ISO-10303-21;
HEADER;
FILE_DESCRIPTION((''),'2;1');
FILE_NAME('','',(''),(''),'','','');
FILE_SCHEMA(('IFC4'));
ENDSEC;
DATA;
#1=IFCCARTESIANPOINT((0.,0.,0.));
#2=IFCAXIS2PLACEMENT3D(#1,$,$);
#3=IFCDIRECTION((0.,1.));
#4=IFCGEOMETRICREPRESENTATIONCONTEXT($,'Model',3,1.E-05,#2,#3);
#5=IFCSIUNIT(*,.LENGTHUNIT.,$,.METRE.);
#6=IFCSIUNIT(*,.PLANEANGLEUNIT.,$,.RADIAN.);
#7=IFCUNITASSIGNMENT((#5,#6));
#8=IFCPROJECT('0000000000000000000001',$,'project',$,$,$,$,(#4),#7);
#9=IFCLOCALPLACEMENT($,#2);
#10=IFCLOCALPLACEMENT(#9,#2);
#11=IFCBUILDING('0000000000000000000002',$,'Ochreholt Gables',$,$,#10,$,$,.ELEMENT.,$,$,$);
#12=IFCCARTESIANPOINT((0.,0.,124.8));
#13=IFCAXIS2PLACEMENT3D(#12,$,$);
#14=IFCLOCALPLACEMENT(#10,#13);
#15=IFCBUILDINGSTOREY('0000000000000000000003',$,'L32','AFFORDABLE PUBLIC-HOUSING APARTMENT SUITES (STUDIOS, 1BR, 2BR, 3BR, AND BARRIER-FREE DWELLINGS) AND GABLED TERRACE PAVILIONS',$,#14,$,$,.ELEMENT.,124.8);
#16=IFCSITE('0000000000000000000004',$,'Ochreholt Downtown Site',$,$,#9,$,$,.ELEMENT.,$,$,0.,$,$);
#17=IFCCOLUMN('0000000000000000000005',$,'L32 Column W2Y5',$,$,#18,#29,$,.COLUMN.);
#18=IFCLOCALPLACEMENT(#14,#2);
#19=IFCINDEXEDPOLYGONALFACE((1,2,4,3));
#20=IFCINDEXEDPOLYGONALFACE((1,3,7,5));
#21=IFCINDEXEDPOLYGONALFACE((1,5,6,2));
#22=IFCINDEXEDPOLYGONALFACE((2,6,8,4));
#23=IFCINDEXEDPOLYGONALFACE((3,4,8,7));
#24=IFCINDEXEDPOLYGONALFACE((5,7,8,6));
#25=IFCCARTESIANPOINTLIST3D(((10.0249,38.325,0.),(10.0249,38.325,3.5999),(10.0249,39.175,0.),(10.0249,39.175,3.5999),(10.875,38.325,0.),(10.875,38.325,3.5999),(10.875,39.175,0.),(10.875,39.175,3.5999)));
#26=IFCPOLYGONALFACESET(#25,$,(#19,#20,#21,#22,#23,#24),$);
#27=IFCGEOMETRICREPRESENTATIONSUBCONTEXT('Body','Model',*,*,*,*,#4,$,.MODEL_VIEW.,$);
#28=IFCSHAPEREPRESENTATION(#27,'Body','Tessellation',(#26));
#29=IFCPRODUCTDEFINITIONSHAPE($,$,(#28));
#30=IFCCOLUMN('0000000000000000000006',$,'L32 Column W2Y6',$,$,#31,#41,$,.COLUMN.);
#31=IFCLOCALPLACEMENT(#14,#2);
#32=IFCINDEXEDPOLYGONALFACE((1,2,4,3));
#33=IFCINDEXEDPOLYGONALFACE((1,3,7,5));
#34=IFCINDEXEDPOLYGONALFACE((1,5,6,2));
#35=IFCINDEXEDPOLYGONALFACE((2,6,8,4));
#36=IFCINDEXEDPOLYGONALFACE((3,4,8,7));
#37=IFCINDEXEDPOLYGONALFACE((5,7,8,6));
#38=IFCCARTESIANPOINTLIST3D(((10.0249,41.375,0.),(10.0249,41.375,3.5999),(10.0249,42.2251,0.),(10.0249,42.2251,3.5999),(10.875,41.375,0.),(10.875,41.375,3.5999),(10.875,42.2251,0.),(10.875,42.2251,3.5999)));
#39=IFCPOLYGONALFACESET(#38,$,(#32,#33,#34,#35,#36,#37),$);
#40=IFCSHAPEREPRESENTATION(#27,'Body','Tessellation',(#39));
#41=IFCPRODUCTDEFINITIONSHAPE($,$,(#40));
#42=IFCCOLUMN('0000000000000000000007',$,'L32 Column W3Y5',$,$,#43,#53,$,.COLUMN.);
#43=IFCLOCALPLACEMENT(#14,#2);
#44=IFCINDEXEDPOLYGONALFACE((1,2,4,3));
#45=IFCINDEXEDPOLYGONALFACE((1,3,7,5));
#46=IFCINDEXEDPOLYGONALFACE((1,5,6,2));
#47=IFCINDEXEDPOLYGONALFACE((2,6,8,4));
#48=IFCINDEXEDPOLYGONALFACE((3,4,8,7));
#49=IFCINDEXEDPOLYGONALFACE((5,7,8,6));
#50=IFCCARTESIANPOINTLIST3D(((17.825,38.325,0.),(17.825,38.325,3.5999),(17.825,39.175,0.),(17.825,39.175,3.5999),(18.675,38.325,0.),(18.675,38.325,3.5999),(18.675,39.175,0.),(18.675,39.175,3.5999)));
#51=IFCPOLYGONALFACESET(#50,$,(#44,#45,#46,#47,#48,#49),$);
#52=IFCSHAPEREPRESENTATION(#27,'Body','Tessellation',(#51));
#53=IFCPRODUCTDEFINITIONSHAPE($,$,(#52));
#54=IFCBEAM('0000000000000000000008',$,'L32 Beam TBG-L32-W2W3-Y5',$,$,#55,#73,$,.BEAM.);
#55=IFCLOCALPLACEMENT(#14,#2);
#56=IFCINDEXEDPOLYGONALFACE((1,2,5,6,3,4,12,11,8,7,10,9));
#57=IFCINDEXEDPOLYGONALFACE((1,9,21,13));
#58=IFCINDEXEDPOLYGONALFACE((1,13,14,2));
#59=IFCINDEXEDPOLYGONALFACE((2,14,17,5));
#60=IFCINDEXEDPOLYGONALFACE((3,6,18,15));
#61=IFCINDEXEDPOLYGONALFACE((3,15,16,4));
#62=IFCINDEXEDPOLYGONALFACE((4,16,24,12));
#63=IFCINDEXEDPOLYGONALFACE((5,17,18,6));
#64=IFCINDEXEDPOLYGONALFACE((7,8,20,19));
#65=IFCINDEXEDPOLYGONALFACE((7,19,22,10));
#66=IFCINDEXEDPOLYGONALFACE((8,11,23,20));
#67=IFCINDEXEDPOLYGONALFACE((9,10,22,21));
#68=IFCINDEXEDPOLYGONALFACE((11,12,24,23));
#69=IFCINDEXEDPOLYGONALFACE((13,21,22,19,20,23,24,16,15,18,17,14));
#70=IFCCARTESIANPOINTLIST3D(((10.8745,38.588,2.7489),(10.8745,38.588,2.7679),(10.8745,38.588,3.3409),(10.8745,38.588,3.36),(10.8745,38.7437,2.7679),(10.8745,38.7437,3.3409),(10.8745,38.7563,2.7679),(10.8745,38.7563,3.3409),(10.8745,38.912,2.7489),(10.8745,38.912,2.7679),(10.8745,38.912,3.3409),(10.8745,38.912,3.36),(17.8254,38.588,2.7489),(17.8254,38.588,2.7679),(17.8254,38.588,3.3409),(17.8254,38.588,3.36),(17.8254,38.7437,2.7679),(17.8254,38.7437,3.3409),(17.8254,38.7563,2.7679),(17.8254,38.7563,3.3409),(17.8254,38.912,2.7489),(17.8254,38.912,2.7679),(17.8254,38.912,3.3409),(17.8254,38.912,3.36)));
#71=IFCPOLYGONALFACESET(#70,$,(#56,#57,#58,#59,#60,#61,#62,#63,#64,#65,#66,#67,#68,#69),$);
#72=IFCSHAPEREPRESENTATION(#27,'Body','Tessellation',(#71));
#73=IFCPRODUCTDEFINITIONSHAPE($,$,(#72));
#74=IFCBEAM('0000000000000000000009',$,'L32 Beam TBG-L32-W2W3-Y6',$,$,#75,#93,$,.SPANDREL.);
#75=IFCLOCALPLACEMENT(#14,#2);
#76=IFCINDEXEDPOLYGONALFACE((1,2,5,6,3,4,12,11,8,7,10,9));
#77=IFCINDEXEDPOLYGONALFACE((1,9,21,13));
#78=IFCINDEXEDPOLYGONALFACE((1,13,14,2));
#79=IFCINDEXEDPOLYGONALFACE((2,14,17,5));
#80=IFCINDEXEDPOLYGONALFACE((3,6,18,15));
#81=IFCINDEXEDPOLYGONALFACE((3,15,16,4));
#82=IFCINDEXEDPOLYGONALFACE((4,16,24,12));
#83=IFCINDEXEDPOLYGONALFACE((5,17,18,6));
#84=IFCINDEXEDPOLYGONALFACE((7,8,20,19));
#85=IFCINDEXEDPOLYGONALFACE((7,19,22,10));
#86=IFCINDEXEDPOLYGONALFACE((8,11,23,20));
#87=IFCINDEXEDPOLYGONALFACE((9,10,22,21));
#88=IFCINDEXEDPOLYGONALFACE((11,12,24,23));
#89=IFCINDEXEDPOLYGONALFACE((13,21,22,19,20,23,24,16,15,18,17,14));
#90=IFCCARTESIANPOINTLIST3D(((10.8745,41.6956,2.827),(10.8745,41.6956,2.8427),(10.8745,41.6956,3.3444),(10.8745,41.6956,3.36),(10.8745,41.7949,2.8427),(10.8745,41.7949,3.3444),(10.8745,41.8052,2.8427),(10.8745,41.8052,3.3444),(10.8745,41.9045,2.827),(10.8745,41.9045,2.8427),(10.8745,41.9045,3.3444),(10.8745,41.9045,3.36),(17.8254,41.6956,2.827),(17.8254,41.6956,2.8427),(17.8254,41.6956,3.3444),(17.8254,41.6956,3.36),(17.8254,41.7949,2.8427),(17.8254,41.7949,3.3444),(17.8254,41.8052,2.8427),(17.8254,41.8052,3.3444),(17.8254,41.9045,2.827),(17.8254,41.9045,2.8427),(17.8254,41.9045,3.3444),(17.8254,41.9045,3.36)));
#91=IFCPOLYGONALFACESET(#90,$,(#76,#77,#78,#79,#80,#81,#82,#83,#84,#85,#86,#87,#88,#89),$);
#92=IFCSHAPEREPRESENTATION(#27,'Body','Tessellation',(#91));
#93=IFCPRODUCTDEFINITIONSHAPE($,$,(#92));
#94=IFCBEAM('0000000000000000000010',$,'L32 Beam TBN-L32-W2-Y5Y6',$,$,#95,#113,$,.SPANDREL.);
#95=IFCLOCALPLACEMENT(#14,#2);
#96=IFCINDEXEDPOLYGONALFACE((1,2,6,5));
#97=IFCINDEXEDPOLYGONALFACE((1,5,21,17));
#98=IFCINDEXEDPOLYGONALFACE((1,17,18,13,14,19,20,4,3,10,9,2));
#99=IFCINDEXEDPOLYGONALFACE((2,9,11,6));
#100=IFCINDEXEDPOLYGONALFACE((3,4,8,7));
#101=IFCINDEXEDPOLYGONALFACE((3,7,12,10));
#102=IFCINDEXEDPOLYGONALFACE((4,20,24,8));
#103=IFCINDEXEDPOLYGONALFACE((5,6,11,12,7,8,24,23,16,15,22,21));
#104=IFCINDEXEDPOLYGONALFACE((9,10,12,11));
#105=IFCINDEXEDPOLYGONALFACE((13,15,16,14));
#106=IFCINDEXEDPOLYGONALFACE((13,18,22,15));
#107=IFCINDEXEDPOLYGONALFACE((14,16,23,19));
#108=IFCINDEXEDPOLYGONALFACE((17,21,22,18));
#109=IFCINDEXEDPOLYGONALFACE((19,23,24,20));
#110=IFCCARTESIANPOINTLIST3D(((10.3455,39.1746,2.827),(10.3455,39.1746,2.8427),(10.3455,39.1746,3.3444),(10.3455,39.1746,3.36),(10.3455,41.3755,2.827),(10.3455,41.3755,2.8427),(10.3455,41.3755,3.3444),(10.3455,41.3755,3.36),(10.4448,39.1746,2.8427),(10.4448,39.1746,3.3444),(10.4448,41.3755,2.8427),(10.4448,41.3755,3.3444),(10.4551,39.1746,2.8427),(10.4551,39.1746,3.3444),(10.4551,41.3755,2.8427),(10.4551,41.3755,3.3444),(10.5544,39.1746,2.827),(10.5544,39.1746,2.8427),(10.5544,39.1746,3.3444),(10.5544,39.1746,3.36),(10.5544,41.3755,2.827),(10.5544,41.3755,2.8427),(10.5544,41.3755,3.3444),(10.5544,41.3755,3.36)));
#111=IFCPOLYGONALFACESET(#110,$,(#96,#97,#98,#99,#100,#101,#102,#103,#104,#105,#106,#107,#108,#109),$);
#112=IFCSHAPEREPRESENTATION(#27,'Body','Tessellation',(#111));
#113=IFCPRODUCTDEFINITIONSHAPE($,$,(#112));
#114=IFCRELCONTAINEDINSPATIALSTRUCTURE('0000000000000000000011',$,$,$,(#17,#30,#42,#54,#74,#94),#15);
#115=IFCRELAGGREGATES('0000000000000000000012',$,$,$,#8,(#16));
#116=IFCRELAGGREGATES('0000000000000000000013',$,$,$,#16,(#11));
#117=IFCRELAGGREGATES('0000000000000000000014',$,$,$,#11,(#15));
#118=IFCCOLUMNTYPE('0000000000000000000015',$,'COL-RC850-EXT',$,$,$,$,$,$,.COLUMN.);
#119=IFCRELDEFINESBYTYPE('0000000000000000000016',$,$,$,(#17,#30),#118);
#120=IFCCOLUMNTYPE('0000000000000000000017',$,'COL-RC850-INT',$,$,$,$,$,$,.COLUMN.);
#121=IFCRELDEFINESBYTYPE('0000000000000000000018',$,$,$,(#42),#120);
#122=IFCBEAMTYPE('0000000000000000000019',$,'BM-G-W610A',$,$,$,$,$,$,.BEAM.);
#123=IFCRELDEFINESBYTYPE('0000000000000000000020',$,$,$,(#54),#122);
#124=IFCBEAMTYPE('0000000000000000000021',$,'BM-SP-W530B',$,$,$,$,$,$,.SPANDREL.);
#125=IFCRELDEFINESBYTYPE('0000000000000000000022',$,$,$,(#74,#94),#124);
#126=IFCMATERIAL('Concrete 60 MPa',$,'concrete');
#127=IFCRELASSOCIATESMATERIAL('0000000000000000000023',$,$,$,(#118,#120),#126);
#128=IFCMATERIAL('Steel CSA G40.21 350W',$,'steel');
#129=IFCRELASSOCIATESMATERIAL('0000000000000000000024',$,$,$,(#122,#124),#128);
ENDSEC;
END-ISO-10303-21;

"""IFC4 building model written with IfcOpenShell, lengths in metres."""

from ifc_helpers import new_model, si_unit, direction, frame, origin, origin_2d, place, context, subcontext, project, spatial, rectangle, i_section, extrude, material, material_profile, profile_set, type_object, element, save


model = new_model("IFC4")

# Units and contexts
model_context = context("Model", 3, precision=1e-05, world=origin(), true_north=direction((0.0, 1.0)))
body_context = subcontext(model_context, "Body", "Model", "MODEL_VIEW")
ifc_project = project(units=[si_unit("LENGTHUNIT", "METRE"), si_unit("PLANEANGLEUNIT", "RADIAN")], contexts=[model_context])

# Site, building, storey
site_placement = place(None, origin())
site = spatial("IfcSite", under=ifc_project, at=site_placement, Name="Ochreholt Downtown Site", CompositionType="ELEMENT", RefElevation=0.0)
building_placement = place(site_placement, origin())
building = spatial("IfcBuilding", under=site, at=building_placement, Name="Ochreholt Gables", CompositionType="ELEMENT")
storey_placement = place(building_placement, frame((0.0, 0.0, 124.8)))
storey = spatial("IfcBuildingStorey", under=building, at=storey_placement, Name="L32", Description="AFFORDABLE PUBLIC-HOUSING APARTMENT SUITES (STUDIOS, 1BR, 2BR, 3BR, AND BARRIER-FREE DWELLINGS) AND GABLED TERRACE PAVILIONS", CompositionType="ELEMENT", Elevation=124.8)

# Columns
ifc_material_1 = material(Name="Concrete 60 MPa", Category="concrete")
ifc_material_profile_1 = material_profile(ifc_material_1, rectangle(XDim=0.8501, YDim=0.8501, at=origin_2d()), Name="RC850X850")
ifc_profile_set_1 = profile_set([ifc_material_profile_1], Name="Concrete 60 MPa")
column_type_1 = type_object("IfcColumnType", Name="COL-RC850-EXT", PredefinedType="COLUMN", material=ifc_profile_set_1)
for number, where, z_axis, x_axis, name in (
    (1, (10.45, 38.75, 0.0), (0.0, 0.0, 1.0), (1.0, 0.0, 0.0), "L32 Column W2Y5"),
    (2, (10.45, 41.8, 0.0), (0.0, 0.0, 1.0), (1.0, 0.0, 0.0), "L32 Column W2Y6"),
):
    element("IfcColumn", number, at=place(storey_placement, frame(where, z_axis=z_axis, x_axis=x_axis)), inside=storey, type_object=column_type_1, Name=name, PredefinedType="COLUMN", context=body_context, shape_type="SweptSolid", body=[
        extrude(rectangle(XDim=0.8501, YDim=0.8501, at=origin_2d()), origin(), (0.0, 0.0, 1.0), 3.5999),
    ])
ifc_material_profile_2 = material_profile(ifc_material_1, rectangle(XDim=0.8501, YDim=0.8501, at=origin_2d()), Name="RC850X850")
ifc_profile_set_2 = profile_set([ifc_material_profile_2], Name="Concrete 60 MPa")
column_type_2 = type_object("IfcColumnType", Name="COL-RC850-INT", PredefinedType="COLUMN", material=ifc_profile_set_2)
column_placement = place(storey_placement, frame((18.25, 38.75, 0.0), z_axis=(0.0, 0.0, 1.0), x_axis=(1.0, 0.0, 0.0)))
element("IfcColumn", 3, at=column_placement, inside=storey, type_object=column_type_2, Name="L32 Column W3Y5", PredefinedType="COLUMN", context=body_context, shape_type="SweptSolid", body=[
    extrude(rectangle(XDim=0.8501, YDim=0.8501, at=origin_2d()), origin(), (0.0, 0.0, 1.0), 3.5999),
])

# Beams
ifc_material_2 = material(Name="Steel CSA G40.21 350W", Category="steel")
ifc_material_profile_3 = material_profile(ifc_material_2, i_section(OverallWidth=0.324, OverallDepth=0.6111, WebThickness=0.0127, FlangeThickness=0.019, at=origin_2d()), Name="W610X155")
ifc_profile_set_3 = profile_set([ifc_material_profile_3], Name="Steel CSA G40.21 350W")
beam_type_1 = type_object("IfcBeamType", Name="BM-G-W610A", PredefinedType="BEAM", material=ifc_profile_set_3)
beam_1_placement = place(storey_placement, frame((10.8745, 38.75, 3.0544), z_axis=(1.0, 0.0, 0.0), x_axis=(0.0, 1.0, 0.0)))
element("IfcBeam", 4, at=beam_1_placement, inside=storey, type_object=beam_type_1, Name="L32 Beam TBG-L32-W2W3-Y5", PredefinedType="BEAM", context=body_context, shape_type="SweptSolid", body=[
    extrude(i_section(OverallWidth=0.324, OverallDepth=0.6111, WebThickness=0.0127, FlangeThickness=0.019, at=origin_2d()), origin(), (0.0, 0.0, 1.0), 6.9509),
])
ifc_material_profile_4 = material_profile(ifc_material_2, i_section(OverallWidth=0.209, OverallDepth=0.533, WebThickness=0.0103, FlangeThickness=0.0156, at=origin_2d()), Name="W530X92")
ifc_profile_set_4 = profile_set([ifc_material_profile_4], Name="Steel CSA G40.21 350W")
beam_type_2 = type_object("IfcBeamType", Name="BM-SP-W530B", PredefinedType="SPANDREL", material=ifc_profile_set_4)
beam_2_placement = place(storey_placement, frame((10.8745, 41.8, 3.0935), z_axis=(1.0, 0.0, 0.0), x_axis=(0.0, 1.0, 0.0)))
element("IfcBeam", 5, at=beam_2_placement, inside=storey, type_object=beam_type_2, Name="L32 Beam TBG-L32-W2W3-Y6", PredefinedType="SPANDREL", context=body_context, shape_type="SweptSolid", body=[
    extrude(i_section(OverallWidth=0.209, OverallDepth=0.533, WebThickness=0.0103, FlangeThickness=0.0156, at=origin_2d()), origin(), (0.0, 0.0, 1.0), 6.9509),
])
beam_3_placement = place(storey_placement, frame((10.45, 39.1746, 3.0935), z_axis=(0.0, 1.0, 0.0), x_axis=(-1.0, 0.0, 0.0)))
element("IfcBeam", 6, at=beam_3_placement, inside=storey, type_object=beam_type_2, Name="L32 Beam TBN-L32-W2-Y5Y6", PredefinedType="SPANDREL", context=body_context, shape_type="SweptSolid", body=[
    extrude(i_section(OverallWidth=0.209, OverallDepth=0.533, WebThickness=0.0103, FlangeThickness=0.0156, at=origin_2d()), origin(), (0.0, 0.0, 1.0), 2.2009),
])

save(model, "model.ifc")
